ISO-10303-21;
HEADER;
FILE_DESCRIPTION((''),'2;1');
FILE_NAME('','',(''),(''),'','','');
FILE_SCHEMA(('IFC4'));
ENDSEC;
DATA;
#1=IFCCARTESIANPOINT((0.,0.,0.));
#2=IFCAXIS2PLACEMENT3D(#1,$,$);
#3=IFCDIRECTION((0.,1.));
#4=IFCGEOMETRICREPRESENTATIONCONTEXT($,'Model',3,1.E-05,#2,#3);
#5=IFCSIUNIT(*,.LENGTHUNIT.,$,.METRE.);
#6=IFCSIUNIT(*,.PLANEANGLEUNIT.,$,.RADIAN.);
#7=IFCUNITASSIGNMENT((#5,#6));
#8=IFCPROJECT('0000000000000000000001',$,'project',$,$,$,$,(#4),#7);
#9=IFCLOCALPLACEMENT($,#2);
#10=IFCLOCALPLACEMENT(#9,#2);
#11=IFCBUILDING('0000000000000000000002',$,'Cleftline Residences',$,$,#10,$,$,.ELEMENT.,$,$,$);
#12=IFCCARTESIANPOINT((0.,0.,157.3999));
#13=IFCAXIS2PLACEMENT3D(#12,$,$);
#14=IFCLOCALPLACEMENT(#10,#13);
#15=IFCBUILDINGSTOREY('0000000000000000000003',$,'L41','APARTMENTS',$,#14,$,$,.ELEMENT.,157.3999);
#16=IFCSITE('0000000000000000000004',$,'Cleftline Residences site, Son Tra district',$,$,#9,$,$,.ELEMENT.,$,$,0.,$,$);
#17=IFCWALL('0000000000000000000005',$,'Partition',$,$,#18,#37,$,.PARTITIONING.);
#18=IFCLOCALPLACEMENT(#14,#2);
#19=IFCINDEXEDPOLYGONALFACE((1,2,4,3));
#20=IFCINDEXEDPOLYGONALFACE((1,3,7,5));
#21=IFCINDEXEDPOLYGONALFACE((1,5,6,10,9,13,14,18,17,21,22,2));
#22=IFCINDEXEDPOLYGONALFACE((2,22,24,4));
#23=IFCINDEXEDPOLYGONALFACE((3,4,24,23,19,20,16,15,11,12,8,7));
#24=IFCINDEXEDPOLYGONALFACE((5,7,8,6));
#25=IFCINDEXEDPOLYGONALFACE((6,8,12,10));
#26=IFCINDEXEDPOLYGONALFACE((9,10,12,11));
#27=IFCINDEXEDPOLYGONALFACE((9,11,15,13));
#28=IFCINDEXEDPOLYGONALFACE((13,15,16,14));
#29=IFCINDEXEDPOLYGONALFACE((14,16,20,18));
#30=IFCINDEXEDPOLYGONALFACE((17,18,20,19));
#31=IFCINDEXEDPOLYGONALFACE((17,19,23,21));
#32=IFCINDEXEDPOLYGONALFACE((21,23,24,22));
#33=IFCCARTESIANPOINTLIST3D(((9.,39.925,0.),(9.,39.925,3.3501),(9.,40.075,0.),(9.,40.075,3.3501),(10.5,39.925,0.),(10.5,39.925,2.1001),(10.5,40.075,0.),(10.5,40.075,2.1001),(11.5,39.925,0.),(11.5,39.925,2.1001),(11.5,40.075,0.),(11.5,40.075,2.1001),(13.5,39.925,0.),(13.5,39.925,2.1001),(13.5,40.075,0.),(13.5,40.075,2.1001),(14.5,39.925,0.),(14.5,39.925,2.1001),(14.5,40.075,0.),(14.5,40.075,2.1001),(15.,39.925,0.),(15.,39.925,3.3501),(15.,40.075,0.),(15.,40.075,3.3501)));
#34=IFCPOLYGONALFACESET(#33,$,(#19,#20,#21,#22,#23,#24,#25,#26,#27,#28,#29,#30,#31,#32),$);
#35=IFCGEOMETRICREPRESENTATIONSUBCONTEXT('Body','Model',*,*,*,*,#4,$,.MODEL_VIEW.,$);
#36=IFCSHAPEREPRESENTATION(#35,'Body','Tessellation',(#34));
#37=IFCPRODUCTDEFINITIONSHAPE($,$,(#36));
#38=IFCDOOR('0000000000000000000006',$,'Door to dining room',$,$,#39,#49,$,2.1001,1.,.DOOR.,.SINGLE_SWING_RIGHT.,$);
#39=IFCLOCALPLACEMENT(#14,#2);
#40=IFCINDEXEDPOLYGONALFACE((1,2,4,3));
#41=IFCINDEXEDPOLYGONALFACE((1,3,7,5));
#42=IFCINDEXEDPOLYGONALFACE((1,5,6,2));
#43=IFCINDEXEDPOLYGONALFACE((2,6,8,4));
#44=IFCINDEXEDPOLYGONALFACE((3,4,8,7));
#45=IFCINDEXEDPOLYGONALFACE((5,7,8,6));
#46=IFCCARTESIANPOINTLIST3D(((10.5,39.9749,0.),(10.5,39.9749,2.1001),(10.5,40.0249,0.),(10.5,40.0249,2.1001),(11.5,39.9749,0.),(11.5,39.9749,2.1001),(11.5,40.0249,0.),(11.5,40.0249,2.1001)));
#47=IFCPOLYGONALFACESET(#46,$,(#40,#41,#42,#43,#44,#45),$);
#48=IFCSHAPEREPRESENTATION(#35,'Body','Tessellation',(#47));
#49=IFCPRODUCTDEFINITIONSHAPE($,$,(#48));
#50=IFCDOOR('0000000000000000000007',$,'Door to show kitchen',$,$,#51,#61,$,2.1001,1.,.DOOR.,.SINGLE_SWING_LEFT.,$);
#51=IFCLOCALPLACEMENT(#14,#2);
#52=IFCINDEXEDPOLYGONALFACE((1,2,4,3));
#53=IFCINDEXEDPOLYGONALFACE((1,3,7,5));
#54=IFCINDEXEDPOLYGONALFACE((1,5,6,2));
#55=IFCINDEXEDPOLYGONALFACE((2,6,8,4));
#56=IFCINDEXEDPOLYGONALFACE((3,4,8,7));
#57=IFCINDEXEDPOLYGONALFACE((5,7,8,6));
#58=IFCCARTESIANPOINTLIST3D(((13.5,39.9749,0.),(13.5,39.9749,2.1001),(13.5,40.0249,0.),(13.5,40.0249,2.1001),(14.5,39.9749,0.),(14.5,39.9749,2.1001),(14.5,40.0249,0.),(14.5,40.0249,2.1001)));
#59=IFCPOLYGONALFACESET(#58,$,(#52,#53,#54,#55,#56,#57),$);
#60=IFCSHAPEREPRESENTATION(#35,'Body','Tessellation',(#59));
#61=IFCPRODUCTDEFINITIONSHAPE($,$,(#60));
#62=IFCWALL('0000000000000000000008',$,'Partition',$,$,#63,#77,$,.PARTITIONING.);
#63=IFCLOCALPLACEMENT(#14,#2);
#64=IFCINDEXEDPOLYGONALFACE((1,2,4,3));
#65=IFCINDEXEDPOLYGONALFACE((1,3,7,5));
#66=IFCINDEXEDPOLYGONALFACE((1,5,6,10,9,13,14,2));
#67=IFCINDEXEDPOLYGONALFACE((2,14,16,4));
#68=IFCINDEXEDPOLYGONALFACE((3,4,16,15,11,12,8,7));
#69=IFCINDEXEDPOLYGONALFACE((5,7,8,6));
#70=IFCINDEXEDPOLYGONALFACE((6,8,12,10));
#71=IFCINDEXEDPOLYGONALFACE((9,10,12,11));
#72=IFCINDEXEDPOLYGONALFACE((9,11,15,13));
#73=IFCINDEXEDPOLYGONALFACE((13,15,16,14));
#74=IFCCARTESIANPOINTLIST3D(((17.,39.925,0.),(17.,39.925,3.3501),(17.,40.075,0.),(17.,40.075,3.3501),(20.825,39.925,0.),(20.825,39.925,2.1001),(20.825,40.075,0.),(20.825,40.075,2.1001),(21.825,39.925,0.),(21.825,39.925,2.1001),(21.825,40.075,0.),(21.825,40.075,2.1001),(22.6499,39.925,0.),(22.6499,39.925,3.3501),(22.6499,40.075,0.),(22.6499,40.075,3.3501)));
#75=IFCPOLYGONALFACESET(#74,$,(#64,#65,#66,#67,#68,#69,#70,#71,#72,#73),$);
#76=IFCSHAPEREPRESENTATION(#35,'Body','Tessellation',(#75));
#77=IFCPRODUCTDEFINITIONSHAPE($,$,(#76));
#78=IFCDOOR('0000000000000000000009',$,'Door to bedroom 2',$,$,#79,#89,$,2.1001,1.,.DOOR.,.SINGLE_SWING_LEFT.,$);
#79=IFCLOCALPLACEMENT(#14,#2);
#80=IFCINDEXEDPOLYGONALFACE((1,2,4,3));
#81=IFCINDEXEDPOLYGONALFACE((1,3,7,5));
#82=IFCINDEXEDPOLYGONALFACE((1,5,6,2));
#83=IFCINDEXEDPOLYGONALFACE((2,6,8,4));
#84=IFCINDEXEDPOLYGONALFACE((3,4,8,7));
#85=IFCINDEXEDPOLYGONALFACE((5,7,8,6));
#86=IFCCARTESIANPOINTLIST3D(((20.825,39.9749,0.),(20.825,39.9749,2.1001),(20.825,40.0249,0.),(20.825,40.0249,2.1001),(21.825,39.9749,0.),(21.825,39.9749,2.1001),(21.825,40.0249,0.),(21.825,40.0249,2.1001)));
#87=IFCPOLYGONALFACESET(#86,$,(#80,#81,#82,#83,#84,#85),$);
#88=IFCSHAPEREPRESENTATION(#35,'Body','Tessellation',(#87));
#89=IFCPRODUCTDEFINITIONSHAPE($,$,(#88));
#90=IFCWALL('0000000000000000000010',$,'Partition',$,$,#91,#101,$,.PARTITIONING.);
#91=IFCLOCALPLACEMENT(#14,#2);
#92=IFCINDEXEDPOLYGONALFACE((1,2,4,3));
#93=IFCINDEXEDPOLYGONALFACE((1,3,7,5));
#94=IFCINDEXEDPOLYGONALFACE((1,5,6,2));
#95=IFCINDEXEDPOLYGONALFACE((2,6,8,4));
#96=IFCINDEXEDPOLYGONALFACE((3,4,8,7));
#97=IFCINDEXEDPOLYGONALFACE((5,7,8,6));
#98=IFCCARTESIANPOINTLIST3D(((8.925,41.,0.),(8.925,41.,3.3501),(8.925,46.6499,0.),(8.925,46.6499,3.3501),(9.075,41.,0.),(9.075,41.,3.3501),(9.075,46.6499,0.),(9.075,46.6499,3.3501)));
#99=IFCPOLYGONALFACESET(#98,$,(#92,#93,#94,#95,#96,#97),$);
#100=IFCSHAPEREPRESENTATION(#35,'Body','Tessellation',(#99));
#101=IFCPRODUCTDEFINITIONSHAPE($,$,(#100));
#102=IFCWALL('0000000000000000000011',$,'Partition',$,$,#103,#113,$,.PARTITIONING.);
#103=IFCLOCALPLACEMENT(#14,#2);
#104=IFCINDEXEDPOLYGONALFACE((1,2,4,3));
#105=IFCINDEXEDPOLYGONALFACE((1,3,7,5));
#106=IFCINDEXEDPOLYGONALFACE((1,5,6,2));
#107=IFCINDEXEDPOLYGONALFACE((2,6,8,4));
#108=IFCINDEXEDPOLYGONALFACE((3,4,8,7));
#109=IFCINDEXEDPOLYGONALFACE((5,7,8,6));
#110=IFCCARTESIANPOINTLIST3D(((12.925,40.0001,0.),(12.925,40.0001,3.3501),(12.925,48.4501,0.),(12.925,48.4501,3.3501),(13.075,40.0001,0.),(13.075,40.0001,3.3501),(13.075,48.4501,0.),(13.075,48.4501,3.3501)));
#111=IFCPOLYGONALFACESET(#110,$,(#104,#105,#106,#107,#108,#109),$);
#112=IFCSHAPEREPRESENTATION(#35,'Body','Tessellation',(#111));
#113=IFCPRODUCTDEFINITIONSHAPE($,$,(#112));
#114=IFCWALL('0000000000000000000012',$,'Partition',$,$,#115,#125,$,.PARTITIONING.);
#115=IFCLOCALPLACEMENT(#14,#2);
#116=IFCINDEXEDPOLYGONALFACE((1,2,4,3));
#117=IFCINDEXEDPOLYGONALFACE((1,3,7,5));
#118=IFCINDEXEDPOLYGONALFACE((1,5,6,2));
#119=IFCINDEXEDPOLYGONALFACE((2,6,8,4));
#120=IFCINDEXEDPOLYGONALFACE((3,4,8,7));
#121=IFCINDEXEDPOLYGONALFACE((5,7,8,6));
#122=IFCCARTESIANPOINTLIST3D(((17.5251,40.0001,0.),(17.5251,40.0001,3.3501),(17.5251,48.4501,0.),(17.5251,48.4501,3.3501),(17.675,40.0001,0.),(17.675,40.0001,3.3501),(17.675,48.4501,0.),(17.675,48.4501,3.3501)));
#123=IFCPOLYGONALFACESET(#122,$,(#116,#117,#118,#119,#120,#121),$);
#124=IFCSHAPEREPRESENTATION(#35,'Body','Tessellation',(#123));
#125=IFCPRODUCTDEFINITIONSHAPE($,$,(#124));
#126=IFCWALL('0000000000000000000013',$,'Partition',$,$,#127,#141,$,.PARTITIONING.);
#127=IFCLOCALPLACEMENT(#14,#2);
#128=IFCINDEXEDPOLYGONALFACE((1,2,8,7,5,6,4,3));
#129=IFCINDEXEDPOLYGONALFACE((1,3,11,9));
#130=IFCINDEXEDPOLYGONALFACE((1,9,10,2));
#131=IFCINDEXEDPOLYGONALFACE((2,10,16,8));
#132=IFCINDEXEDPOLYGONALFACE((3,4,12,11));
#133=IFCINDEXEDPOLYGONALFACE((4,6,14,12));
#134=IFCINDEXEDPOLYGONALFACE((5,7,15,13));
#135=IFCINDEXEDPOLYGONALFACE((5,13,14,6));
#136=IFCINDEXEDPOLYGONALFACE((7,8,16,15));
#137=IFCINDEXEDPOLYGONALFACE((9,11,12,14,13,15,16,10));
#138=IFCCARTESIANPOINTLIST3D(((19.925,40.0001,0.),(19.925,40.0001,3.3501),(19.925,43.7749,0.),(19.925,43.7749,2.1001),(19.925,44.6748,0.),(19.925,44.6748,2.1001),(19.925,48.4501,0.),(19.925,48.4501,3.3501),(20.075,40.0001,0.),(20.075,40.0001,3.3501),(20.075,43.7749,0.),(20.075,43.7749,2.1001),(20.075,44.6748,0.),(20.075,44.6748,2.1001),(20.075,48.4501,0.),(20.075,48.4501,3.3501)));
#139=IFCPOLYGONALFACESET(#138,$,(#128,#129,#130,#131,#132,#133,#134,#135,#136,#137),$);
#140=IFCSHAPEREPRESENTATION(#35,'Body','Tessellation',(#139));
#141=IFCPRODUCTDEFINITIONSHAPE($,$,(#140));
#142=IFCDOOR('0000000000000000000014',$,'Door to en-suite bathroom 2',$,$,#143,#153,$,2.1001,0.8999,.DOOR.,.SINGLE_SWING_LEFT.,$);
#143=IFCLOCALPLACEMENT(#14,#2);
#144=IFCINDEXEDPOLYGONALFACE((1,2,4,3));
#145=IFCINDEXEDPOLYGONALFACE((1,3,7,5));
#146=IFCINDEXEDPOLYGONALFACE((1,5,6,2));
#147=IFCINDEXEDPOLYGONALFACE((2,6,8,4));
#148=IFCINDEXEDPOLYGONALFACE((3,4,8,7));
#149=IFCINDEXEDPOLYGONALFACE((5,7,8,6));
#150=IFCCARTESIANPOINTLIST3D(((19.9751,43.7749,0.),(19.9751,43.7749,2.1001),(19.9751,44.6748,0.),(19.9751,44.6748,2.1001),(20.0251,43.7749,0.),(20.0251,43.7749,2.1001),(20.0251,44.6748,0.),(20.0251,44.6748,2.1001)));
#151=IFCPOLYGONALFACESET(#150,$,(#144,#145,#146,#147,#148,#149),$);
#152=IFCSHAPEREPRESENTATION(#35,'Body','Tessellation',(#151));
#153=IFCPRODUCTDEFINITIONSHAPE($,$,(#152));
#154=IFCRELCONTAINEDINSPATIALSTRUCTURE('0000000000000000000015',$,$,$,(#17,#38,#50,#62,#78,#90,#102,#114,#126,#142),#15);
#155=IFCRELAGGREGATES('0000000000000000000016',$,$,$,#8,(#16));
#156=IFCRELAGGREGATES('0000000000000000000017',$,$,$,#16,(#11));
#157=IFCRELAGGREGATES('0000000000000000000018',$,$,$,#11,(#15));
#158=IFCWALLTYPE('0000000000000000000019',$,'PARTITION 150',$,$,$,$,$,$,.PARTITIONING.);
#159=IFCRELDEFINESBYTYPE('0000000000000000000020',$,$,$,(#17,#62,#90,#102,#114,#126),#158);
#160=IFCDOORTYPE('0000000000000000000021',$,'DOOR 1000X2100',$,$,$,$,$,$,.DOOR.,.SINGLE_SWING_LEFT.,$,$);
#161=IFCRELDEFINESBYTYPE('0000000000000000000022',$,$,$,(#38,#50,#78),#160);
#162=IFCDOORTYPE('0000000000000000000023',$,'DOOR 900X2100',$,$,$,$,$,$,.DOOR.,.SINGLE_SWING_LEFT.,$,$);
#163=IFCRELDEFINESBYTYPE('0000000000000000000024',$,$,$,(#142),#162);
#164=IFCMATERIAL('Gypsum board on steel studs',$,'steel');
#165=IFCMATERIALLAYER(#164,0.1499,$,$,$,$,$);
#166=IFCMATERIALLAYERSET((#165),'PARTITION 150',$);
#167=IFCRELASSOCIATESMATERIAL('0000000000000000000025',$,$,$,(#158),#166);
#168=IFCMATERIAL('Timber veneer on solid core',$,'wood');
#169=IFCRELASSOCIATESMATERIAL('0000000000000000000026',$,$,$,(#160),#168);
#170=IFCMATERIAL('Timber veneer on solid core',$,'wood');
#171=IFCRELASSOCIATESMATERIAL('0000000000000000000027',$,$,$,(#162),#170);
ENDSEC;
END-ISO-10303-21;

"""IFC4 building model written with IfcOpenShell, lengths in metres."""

from ifc_helpers import new_model, si_unit, direction, frame, frame_2d, origin, place, context, subcontext, project, spatial, rectangle, extrude, material, layer, layer_set, type_object, element, fill, save


model = new_model("IFC4")

# Units and contexts
model_context = context("Model", 3, precision=1e-05, world=origin(), true_north=direction((0.0, 1.0)))
body_context = subcontext(model_context, "Body", "Model", "MODEL_VIEW")
ifc_project = project(units=[si_unit("LENGTHUNIT", "METRE"), si_unit("PLANEANGLEUNIT", "RADIAN")], contexts=[model_context])

# Site, building, storey
site_placement = place(None, origin())
site = spatial("IfcSite", under=ifc_project, at=site_placement, Name="Cleftline Residences site, Son Tra district", CompositionType="ELEMENT", RefElevation=0.0)
building_placement = place(site_placement, origin())
building = spatial("IfcBuilding", under=site, at=building_placement, Name="Cleftline Residences", CompositionType="ELEMENT")
storey_placement = place(building_placement, frame((0.0, 0.0, 157.3999)))
storey = spatial("IfcBuildingStorey", under=building, at=storey_placement, Name="L41", Description="APARTMENTS", CompositionType="ELEMENT", Elevation=157.3999)

# Wall, openings, doors
ifc_material_1 = material(Name="Gypsum board on steel studs", Category="steel")
ifc_layer = layer(ifc_material_1, 0.1499)
ifc_layer_set = layer_set([ifc_layer], Name="PARTITION 150")
wall_type = type_object("IfcWallType", Name="PARTITION 150", PredefinedType="PARTITIONING", material=ifc_layer_set)
wall_1_placement = place(storey_placement, frame((9.0, 40.0, 0.0), z_axis=(0.0, 0.0, 1.0), x_axis=(1.0, 0.0, 0.0)))
wall_1 = element("IfcWall", 1, at=wall_1_placement, inside=storey, type_object=wall_type, Name="Partition", PredefinedType="PARTITIONING", context=body_context, shape_type="SweptSolid", body=[
    extrude(rectangle(XDim=6.0, YDim=0.1499, at=frame_2d((3.0, 0.0))), origin(), (0.0, 0.0, 1.0), 3.3501),
])
opening_1_placement = place(wall_1_placement, frame((1.5, 0.0, 0.0)))
opening_1 = element("IfcOpeningElement", 2, at=opening_1_placement, cuts=wall_1, PredefinedType="OPENING", context=body_context, shape_type="SweptSolid", body=[
    extrude(rectangle(XDim=1.0, YDim=2.1001, at=frame_2d((0.5, 1.05))), frame((0.0, 0.085, 0.0), z_axis=(0.0, -1.0, 0.0), x_axis=(1.0, 0.0, 0.0)), (0.0, 0.0, 1.0), 0.1699),
])
opening_2_placement = place(wall_1_placement, frame((4.5, 0.0, 0.0)))
opening_2 = element("IfcOpeningElement", 3, at=opening_2_placement, cuts=wall_1, PredefinedType="OPENING", context=body_context, shape_type="SweptSolid", body=[
    extrude(rectangle(XDim=1.0, YDim=2.1001, at=frame_2d((0.5, 1.05))), frame((0.0, 0.085, 0.0), z_axis=(0.0, -1.0, 0.0), x_axis=(1.0, 0.0, 0.0)), (0.0, 0.0, 1.0), 0.1699),
])
ifc_material_2 = material(Name="Timber veneer on solid core", Category="wood")
door_type_1 = type_object("IfcDoorType", Name="DOOR 1000X2100", OperationType="SINGLE_SWING_LEFT", PredefinedType="DOOR", material=ifc_material_2)
door_1_placement = place(opening_1_placement, origin())
door_1 = element("IfcDoor", 4, at=door_1_placement, inside=storey, type_object=door_type_1, Name="Door to dining room", OperationType="SINGLE_SWING_RIGHT", OverallHeight=2.1001, OverallWidth=1.0, PredefinedType="DOOR", context=body_context, shape_type="SweptSolid", body=[
    extrude(rectangle(XDim=1.0, YDim=2.1001, at=frame_2d((0.5, 1.05))), frame((0.0, 0.0249, 0.0), z_axis=(0.0, -1.0, 0.0), x_axis=(1.0, 0.0, 0.0)), (0.0, 0.0, 1.0), 0.05),
])
fill(opening_1, door_1)
door_2_placement = place(opening_2_placement, origin())
door_2 = element("IfcDoor", 5, at=door_2_placement, inside=storey, type_object=door_type_1, Name="Door to show kitchen", OperationType="SINGLE_SWING_LEFT", OverallHeight=2.1001, OverallWidth=1.0, PredefinedType="DOOR", context=body_context, shape_type="SweptSolid", body=[
    extrude(rectangle(XDim=1.0, YDim=2.1001, at=frame_2d((0.5, 1.05))), frame((0.0, 0.0249, 0.0), z_axis=(0.0, -1.0, 0.0), x_axis=(1.0, 0.0, 0.0)), (0.0, 0.0, 1.0), 0.05),
])
fill(opening_2, door_2)

# Wall, opening, door
wall_2_placement = place(storey_placement, frame((17.0, 40.0, 0.0), z_axis=(0.0, 0.0, 1.0), x_axis=(1.0, 0.0, 0.0)))
wall_2 = element("IfcWall", 6, at=wall_2_placement, inside=storey, type_object=wall_type, Name="Partition", PredefinedType="PARTITIONING", context=body_context, shape_type="SweptSolid", body=[
    extrude(rectangle(XDim=5.6499, YDim=0.1499, at=frame_2d((2.825, 0.0))), origin(), (0.0, 0.0, 1.0), 3.3501),
])
opening_3_placement = place(wall_2_placement, frame((3.825, 0.0, 0.0)))
opening_3 = element("IfcOpeningElement", 7, at=opening_3_placement, cuts=wall_2, PredefinedType="OPENING", context=body_context, shape_type="SweptSolid", body=[
    extrude(rectangle(XDim=1.0, YDim=2.1001, at=frame_2d((0.5, 1.05))), frame((0.0, 0.085, 0.0), z_axis=(0.0, -1.0, 0.0), x_axis=(1.0, 0.0, 0.0)), (0.0, 0.0, 1.0), 0.1699),
])
door_3_placement = place(opening_3_placement, origin())
door_3 = element("IfcDoor", 8, at=door_3_placement, inside=storey, type_object=door_type_1, Name="Door to bedroom 2", OperationType="SINGLE_SWING_LEFT", OverallHeight=2.1001, OverallWidth=1.0, PredefinedType="DOOR", context=body_context, shape_type="SweptSolid", body=[
    extrude(rectangle(XDim=1.0, YDim=2.1001, at=frame_2d((0.5, 1.05))), frame((0.0, 0.0249, 0.0), z_axis=(0.0, -1.0, 0.0), x_axis=(1.0, 0.0, 0.0)), (0.0, 0.0, 1.0), 0.05),
])
fill(opening_3, door_3)

# Walls
wall_3_placement = place(storey_placement, frame((9.0, 41.0, 0.0), z_axis=(0.0, 0.0, 1.0), x_axis=(0.0, 1.0, 0.0)))
element("IfcWall", 9, at=wall_3_placement, inside=storey, type_object=wall_type, Name="Partition", PredefinedType="PARTITIONING", context=body_context, shape_type="SweptSolid", body=[
    extrude(rectangle(XDim=5.6499, YDim=0.1499, at=frame_2d((2.825, 0.0))), origin(), (0.0, 0.0, 1.0), 3.3501),
])
for number, where, z_axis, x_axis, name in (
    (10, (13.0, 40.0, 0.0), (0.0, 0.0, 1.0), (0.0, 1.0, 0.0), "Partition"),
    (11, (17.6001, 40.0, 0.0), (0.0, 0.0, 1.0), (0.0, 1.0, 0.0), "Partition"),
):
    element("IfcWall", number, at=place(storey_placement, frame(where, z_axis=z_axis, x_axis=x_axis)), inside=storey, type_object=wall_type, Name=name, PredefinedType="PARTITIONING", context=body_context, shape_type="SweptSolid", body=[
        extrude(rectangle(XDim=8.45, YDim=0.1499, at=frame_2d((4.2251, 0.0))), origin(), (0.0, 0.0, 1.0), 3.3501),
    ])

# Wall, opening, door
wall_4_placement = place(storey_placement, frame((20.0, 40.0, 0.0), z_axis=(0.0, 0.0, 1.0), x_axis=(0.0, 1.0, 0.0)))
wall_4 = element("IfcWall", 12, at=wall_4_placement, inside=storey, type_object=wall_type, Name="Partition", PredefinedType="PARTITIONING", context=body_context, shape_type="SweptSolid", body=[
    extrude(rectangle(XDim=8.45, YDim=0.1499, at=frame_2d((4.2251, 0.0))), origin(), (0.0, 0.0, 1.0), 3.3501),
])
opening_4_placement = place(wall_4_placement, frame((3.7749, 0.0, 0.0)))
opening_4 = element("IfcOpeningElement", 13, at=opening_4_placement, cuts=wall_4, PredefinedType="OPENING", context=body_context, shape_type="SweptSolid", body=[
    extrude(rectangle(XDim=0.8999, YDim=2.1001, at=frame_2d((0.45, 1.05))), frame((0.0, 0.085, 0.0), z_axis=(0.0, -1.0, 0.0), x_axis=(1.0, 0.0, 0.0)), (0.0, 0.0, 1.0), 0.1699),
])
ifc_material_3 = material(Name="Timber veneer on solid core", Category="wood")
door_type_2 = type_object("IfcDoorType", Name="DOOR 900X2100", OperationType="SINGLE_SWING_LEFT", PredefinedType="DOOR", material=ifc_material_3)
door_4_placement = place(opening_4_placement, origin())
door_4 = element("IfcDoor", 14, at=door_4_placement, inside=storey, type_object=door_type_2, Name="Door to en-suite bathroom 2", OperationType="SINGLE_SWING_LEFT", OverallHeight=2.1001, OverallWidth=0.8999, PredefinedType="DOOR", context=body_context, shape_type="SweptSolid", body=[
    extrude(rectangle(XDim=0.8999, YDim=2.1001, at=frame_2d((0.45, 1.05))), frame((0.0, 0.0249, 0.0), z_axis=(0.0, -1.0, 0.0), x_axis=(1.0, 0.0, 0.0)), (0.0, 0.0, 1.0), 0.05),
])
fill(opening_4, door_4)

save(model, "model.ifc")
